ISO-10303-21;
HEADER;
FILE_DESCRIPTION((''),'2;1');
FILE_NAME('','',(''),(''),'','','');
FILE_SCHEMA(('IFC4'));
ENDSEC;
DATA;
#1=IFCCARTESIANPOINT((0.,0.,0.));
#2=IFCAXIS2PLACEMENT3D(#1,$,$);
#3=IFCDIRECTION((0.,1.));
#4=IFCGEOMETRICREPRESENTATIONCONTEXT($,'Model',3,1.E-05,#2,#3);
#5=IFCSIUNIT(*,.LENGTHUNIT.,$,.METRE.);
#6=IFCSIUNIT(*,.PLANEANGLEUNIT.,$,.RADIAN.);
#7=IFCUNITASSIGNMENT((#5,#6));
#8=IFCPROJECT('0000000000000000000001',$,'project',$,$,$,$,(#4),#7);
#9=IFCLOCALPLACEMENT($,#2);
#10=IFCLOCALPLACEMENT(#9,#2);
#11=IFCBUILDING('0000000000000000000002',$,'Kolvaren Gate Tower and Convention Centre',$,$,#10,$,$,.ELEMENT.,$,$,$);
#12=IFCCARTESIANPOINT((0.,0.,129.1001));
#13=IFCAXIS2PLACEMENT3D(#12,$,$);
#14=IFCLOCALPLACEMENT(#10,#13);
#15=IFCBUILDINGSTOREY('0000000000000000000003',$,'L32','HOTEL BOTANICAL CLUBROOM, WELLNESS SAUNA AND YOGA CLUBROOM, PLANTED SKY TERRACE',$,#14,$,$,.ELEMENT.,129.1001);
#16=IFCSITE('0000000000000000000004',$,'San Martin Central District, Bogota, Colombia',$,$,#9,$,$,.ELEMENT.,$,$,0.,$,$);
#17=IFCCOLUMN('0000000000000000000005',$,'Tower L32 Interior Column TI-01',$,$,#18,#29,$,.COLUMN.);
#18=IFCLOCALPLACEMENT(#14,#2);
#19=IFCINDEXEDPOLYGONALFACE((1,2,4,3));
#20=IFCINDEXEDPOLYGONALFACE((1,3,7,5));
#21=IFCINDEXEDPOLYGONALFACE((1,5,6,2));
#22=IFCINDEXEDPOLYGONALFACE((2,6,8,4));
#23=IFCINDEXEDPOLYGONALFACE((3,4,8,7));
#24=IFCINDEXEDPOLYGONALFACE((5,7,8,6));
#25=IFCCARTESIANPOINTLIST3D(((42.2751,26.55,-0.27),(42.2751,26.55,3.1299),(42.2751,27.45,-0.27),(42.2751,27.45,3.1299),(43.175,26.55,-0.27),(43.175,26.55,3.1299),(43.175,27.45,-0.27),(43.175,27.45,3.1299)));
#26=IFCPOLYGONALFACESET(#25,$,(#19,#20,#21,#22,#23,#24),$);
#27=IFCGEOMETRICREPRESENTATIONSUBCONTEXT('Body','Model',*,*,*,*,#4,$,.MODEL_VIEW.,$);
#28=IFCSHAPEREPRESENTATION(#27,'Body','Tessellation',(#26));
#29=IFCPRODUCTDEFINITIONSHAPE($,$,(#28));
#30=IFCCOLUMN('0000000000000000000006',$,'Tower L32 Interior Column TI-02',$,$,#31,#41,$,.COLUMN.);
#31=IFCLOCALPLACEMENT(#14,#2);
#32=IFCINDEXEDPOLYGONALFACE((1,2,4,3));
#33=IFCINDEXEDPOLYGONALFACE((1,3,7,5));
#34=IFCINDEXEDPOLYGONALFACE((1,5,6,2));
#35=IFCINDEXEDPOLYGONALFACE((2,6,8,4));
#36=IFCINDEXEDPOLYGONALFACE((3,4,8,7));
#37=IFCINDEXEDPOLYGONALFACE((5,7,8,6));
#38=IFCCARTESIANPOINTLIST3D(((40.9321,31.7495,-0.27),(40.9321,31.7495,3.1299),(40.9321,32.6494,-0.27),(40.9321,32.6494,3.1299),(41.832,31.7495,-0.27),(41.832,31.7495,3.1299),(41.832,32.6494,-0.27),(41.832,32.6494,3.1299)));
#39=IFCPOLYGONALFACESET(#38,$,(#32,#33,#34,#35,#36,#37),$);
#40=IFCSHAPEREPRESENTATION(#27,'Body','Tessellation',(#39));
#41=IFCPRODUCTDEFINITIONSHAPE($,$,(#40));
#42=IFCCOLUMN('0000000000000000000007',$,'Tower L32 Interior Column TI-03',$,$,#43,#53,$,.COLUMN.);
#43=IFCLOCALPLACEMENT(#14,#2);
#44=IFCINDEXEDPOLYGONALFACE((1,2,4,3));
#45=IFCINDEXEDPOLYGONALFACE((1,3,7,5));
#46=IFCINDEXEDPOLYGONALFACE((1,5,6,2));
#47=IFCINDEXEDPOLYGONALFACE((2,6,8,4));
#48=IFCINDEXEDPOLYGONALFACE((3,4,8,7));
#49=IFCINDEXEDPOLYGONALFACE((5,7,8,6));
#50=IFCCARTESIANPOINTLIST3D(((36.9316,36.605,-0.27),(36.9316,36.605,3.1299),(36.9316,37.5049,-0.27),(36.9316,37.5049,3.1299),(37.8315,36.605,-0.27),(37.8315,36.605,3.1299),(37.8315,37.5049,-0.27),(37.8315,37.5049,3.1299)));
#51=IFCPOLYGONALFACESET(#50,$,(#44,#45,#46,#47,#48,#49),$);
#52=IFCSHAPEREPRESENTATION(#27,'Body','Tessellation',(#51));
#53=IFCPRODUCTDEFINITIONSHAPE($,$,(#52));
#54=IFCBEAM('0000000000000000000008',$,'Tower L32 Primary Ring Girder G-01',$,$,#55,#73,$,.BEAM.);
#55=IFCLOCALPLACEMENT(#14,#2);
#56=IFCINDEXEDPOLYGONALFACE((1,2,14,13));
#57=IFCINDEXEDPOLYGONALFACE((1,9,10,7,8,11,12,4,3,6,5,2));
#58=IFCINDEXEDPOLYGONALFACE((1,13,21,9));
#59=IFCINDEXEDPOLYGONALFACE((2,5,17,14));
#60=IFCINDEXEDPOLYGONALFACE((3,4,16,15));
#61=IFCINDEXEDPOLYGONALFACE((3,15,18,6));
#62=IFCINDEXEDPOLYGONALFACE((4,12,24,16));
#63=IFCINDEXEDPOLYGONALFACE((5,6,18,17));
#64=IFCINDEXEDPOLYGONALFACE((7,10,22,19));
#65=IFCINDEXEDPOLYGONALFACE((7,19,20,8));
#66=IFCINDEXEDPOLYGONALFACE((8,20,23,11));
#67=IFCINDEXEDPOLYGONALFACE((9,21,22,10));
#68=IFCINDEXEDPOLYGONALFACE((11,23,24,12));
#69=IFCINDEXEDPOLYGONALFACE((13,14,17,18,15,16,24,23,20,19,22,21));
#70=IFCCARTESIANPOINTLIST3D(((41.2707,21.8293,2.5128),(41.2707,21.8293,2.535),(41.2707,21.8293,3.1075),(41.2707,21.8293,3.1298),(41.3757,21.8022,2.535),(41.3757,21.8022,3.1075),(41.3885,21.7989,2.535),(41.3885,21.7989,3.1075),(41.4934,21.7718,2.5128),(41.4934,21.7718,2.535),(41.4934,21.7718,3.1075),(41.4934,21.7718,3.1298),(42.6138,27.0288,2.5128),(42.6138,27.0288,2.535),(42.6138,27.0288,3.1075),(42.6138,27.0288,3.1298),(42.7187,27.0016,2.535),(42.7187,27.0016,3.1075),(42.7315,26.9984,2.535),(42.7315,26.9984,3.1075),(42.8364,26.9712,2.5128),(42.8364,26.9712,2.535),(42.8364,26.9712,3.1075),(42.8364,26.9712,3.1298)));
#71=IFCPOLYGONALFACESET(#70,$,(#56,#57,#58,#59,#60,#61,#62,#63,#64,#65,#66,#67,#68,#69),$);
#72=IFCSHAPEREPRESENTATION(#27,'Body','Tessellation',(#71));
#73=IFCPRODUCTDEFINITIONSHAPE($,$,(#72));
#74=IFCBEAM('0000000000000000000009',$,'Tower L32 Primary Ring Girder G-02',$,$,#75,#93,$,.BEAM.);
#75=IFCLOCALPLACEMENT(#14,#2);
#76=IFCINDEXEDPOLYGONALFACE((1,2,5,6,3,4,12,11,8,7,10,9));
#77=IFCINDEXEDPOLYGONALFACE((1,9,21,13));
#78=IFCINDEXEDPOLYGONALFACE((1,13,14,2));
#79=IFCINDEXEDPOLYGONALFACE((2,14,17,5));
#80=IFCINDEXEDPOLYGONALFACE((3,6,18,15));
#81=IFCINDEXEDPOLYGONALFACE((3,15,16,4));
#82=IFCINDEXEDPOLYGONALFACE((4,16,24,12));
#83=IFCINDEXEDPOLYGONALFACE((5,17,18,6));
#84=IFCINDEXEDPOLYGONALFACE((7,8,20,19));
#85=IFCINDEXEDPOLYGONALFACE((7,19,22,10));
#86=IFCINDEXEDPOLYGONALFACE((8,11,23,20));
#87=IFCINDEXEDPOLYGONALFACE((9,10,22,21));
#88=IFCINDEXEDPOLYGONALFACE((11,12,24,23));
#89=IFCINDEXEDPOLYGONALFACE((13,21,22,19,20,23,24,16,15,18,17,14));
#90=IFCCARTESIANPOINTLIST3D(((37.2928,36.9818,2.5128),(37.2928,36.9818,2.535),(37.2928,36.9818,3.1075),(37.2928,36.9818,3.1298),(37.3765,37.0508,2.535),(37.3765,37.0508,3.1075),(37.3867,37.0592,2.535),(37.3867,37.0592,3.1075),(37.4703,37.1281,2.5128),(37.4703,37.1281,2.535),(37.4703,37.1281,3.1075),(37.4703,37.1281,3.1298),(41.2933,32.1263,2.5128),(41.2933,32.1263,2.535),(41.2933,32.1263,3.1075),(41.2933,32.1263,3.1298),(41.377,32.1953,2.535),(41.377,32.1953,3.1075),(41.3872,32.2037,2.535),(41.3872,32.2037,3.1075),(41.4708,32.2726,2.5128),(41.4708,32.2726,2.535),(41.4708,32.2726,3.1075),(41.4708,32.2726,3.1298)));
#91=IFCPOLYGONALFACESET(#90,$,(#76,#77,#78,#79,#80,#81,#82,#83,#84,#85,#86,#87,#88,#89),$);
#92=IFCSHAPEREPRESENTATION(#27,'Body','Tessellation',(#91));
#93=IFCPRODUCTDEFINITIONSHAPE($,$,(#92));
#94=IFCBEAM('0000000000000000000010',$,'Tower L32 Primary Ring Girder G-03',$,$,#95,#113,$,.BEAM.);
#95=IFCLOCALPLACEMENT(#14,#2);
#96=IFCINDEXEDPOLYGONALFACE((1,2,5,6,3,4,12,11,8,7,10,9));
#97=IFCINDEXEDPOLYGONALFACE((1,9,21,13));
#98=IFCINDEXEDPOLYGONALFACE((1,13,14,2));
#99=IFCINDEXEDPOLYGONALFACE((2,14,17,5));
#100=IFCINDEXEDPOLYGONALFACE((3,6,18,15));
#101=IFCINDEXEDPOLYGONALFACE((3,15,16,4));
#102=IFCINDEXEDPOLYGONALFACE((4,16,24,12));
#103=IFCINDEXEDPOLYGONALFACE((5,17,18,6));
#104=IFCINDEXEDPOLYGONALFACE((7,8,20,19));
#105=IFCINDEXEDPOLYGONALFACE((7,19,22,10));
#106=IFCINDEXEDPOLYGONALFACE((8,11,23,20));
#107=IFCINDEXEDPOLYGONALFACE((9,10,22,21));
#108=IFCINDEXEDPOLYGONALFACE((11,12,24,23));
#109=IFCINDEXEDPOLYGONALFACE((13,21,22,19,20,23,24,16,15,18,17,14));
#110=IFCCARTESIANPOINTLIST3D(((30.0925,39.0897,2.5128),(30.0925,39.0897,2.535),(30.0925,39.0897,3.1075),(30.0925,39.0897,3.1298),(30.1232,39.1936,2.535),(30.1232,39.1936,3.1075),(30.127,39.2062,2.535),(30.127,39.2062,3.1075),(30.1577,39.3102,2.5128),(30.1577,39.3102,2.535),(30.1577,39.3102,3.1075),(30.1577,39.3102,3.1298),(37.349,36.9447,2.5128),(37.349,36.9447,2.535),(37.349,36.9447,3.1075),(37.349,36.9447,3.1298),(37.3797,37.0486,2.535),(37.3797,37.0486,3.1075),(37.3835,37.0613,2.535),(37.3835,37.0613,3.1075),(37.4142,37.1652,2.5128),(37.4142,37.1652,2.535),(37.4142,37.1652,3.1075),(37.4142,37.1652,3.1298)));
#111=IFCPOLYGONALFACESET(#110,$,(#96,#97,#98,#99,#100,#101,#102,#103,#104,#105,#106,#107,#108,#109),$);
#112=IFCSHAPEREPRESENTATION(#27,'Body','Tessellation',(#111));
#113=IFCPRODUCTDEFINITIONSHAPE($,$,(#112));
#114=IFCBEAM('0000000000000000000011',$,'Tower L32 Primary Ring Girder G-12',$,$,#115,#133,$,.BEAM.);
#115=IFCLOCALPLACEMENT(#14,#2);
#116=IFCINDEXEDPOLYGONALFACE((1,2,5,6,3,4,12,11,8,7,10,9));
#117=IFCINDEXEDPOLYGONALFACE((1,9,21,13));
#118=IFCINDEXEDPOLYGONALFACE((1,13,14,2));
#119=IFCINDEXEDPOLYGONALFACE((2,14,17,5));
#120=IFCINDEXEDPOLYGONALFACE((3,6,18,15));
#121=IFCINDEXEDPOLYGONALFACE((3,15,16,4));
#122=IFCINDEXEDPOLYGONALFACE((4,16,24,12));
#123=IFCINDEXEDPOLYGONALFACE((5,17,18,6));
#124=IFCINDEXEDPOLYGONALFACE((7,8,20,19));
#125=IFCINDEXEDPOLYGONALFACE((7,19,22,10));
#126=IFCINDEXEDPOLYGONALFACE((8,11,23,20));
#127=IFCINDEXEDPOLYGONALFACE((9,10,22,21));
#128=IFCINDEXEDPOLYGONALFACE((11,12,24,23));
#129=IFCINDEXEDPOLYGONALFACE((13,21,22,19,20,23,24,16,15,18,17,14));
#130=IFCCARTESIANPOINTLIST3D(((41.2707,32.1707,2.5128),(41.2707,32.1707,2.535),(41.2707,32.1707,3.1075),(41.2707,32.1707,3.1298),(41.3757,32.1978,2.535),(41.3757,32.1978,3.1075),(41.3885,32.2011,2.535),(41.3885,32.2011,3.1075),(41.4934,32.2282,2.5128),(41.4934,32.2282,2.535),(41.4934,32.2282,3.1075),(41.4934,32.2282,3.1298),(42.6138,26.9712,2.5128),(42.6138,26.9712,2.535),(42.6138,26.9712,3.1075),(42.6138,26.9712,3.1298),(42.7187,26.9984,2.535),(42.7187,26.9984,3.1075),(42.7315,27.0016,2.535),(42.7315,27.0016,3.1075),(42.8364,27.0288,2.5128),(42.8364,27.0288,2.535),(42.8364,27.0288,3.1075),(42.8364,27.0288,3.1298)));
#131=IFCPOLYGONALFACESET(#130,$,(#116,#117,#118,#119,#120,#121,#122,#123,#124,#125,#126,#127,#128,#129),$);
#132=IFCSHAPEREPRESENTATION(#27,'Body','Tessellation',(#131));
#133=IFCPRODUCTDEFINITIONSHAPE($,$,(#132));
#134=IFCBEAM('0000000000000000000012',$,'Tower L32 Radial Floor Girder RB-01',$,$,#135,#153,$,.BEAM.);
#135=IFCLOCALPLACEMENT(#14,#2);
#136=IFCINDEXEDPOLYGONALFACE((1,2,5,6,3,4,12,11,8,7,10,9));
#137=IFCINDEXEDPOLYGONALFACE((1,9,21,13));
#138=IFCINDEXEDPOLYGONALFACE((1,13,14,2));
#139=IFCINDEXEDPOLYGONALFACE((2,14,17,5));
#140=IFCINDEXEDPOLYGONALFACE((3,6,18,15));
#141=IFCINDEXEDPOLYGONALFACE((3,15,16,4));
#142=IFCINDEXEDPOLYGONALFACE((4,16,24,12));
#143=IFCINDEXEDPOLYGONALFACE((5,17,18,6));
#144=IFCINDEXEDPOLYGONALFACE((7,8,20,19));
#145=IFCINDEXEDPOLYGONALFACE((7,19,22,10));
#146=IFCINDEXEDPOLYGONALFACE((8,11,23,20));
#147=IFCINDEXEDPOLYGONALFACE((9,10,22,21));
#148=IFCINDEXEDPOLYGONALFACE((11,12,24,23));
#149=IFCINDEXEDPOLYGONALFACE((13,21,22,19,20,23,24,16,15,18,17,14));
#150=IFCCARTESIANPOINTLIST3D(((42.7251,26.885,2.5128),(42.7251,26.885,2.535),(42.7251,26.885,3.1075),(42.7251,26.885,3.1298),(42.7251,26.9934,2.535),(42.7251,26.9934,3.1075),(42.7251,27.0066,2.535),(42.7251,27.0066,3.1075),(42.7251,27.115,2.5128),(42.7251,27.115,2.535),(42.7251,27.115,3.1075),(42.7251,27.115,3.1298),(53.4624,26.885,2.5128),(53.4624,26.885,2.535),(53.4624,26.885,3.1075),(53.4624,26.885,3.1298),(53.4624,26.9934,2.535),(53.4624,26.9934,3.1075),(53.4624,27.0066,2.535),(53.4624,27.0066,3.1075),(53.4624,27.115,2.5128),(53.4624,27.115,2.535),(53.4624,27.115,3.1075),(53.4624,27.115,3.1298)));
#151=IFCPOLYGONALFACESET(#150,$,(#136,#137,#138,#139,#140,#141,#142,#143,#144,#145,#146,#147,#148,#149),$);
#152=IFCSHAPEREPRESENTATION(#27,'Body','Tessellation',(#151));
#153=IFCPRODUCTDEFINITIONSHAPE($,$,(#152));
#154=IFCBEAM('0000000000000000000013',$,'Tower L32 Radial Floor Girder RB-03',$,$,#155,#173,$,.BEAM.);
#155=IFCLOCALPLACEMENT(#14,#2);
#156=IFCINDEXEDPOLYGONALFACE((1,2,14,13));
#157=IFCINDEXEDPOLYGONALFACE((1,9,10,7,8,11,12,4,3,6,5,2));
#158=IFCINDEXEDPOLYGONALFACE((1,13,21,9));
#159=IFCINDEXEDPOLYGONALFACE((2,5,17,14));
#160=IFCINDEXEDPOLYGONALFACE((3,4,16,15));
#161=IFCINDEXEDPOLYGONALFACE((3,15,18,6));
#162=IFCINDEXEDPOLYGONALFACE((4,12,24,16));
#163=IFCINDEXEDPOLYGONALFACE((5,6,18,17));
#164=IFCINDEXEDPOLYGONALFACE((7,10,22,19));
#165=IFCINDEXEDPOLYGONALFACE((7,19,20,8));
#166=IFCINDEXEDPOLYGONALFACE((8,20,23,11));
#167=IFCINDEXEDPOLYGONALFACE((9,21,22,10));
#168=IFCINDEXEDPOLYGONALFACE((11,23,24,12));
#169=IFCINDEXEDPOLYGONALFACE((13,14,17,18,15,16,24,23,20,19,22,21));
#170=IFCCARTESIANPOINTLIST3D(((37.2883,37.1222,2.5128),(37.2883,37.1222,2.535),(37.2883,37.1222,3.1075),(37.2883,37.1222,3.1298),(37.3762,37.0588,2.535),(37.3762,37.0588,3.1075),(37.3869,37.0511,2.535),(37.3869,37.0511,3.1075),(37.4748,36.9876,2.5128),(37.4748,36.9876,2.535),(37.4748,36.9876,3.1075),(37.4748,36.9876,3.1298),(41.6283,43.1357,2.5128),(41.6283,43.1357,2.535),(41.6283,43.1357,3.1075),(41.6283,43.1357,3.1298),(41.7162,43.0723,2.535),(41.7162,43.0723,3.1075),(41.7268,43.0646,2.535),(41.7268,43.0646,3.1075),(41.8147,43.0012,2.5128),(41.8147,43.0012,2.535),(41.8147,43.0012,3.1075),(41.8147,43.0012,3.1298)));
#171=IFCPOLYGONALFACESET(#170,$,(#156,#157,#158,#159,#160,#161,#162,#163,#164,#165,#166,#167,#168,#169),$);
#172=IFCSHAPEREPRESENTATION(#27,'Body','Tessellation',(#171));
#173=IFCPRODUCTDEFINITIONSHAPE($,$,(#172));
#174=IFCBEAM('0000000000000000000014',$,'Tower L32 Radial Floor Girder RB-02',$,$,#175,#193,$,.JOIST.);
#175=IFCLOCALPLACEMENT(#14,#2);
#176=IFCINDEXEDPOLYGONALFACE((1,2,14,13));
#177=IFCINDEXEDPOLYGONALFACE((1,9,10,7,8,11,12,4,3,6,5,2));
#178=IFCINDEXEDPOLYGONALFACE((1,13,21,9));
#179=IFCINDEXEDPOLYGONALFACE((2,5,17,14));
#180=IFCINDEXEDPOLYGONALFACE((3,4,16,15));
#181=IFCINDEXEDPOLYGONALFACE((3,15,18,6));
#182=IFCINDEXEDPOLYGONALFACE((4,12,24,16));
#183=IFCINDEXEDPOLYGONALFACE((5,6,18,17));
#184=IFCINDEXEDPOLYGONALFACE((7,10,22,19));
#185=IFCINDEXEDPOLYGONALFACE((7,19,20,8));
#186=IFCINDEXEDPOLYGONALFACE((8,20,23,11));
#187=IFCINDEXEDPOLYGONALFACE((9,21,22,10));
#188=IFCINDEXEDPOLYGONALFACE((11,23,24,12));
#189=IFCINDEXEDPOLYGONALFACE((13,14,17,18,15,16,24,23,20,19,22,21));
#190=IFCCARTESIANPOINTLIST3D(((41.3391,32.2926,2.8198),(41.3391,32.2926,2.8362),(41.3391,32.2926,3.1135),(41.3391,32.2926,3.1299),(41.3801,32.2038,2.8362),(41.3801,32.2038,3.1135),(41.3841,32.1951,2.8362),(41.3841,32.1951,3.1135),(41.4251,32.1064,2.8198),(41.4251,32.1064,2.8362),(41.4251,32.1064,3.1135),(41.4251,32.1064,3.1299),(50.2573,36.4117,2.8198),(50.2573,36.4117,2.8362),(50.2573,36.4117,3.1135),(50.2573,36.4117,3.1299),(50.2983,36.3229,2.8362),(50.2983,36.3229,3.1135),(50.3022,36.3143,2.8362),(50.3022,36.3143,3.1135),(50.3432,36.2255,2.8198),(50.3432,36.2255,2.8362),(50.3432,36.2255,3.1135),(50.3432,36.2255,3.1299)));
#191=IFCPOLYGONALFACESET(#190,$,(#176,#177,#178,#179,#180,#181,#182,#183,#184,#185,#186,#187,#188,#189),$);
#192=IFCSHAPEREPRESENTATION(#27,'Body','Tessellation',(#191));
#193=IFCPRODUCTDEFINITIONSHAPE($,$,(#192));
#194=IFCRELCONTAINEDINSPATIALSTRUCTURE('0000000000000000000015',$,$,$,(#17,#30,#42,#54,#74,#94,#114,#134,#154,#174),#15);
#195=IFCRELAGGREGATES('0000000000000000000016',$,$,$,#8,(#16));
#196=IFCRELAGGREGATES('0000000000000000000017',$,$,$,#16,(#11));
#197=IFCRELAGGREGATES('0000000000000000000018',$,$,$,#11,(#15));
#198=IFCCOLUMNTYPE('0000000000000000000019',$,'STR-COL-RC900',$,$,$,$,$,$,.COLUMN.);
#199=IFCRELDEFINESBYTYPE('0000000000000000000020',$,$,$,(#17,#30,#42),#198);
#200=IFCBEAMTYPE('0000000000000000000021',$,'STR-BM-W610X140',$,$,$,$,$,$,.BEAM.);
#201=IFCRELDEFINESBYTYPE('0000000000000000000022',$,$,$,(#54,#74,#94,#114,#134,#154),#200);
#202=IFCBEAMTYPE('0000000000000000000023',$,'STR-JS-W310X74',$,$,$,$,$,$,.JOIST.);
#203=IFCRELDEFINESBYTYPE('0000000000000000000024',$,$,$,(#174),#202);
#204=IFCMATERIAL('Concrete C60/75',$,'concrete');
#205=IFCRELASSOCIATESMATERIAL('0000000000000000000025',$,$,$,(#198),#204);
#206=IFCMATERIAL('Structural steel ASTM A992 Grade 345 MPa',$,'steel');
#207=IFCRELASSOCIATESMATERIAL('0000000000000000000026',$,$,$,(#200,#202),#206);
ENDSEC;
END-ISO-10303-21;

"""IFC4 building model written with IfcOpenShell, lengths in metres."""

from ifc_helpers import new_model, si_unit, direction, frame, origin, origin_2d, place, context, subcontext, project, spatial, rectangle, i_section, extrude, material, material_profile, profile_set, type_object, element, save


model = new_model("IFC4")

# Units and contexts
model_context = context("Model", 3, precision=1e-05, world=origin(), true_north=direction((0.0, 1.0)))
body_context = subcontext(model_context, "Body", "Model", "MODEL_VIEW")
ifc_project = project(units=[si_unit("LENGTHUNIT", "METRE"), si_unit("PLANEANGLEUNIT", "RADIAN")], contexts=[model_context])

# Site, building, storey
site_placement = place(None, origin())
site = spatial("IfcSite", under=ifc_project, at=site_placement, Name="San Martin Central District, Bogota, Colombia", CompositionType="ELEMENT", RefElevation=0.0)
building_placement = place(site_placement, origin())
building = spatial("IfcBuilding", under=site, at=building_placement, Name="Kolvaren Gate Tower and Convention Centre", CompositionType="ELEMENT")
storey_placement = place(building_placement, frame((0.0, 0.0, 129.1001)))
storey = spatial("IfcBuildingStorey", under=building, at=storey_placement, Name="L32", Description="HOTEL BOTANICAL CLUBROOM, WELLNESS SAUNA AND YOGA CLUBROOM, PLANTED SKY TERRACE", CompositionType="ELEMENT", Elevation=129.1001)

# Columns
ifc_material_1 = material(Name="Concrete C60/75", Category="concrete")
ifc_material_profile_1 = material_profile(ifc_material_1, rectangle(XDim=0.8999, YDim=0.8999, at=origin_2d()), Name="RC-COL-900X900")
ifc_profile_set_1 = profile_set([ifc_material_profile_1], Name="Concrete C60/75")
column_type = type_object("IfcColumnType", Name="STR-COL-RC900", PredefinedType="COLUMN", material=ifc_profile_set_1)
for number, where, z_axis, x_axis, name in (
    (1, (42.7251, 27.0, -0.27), (0.0, 0.0, 1.0), (1.0, 0.0, 0.0), "Tower L32 Interior Column TI-01"),
    (2, (41.3821, 32.1995, -0.27), (0.0, 0.0, 1.0), (1.0, 0.0, 0.0), "Tower L32 Interior Column TI-02"),
    (3, (37.3816, 37.0549, -0.27), (0.0, 0.0, 1.0), (1.0, 0.0, 0.0), "Tower L32 Interior Column TI-03"),
):
    element("IfcColumn", number, at=place(storey_placement, frame(where, z_axis=z_axis, x_axis=x_axis)), inside=storey, type_object=column_type, Name=name, PredefinedType="COLUMN", context=body_context, shape_type="SweptSolid", body=[
        extrude(rectangle(XDim=0.8999, YDim=0.8999, at=origin_2d()), origin(), (0.0, 0.0, 1.0), 3.3999),
    ])

# Beams
ifc_material_2 = material(Name="Structural steel ASTM A992 Grade 345 MPa", Category="steel")
ifc_material_profile_2 = material_profile(ifc_material_2, i_section(OverallWidth=0.23, OverallDepth=0.6169, WebThickness=0.0132, FlangeThickness=0.0222, at=origin_2d()), Name="W610X140")
ifc_profile_set_2 = profile_set([ifc_material_profile_2], Name="Structural steel ASTM A992 Grade 345 MPa")
beam_type_1 = type_object("IfcBeamType", Name="STR-BM-W610X140", PredefinedType="BEAM", material=ifc_profile_set_2)
beam_1_placement = place(storey_placement, frame((42.7251, 27.0, 2.8213), z_axis=(-0.250091, -0.968222, 0.0), x_axis=(0.968222, -0.250091, 0.0)))
element("IfcBeam", 4, at=beam_1_placement, inside=storey, type_object=beam_type_1, Name="Tower L32 Primary Ring Girder G-01", PredefinedType="BEAM", context=body_context, shape_type="SweptSolid", body=[
    extrude(i_section(OverallWidth=0.23, OverallDepth=0.6169, WebThickness=0.0132, FlangeThickness=0.0222, at=origin_2d()), origin(), (0.0, 0.0, 1.0), 5.3701),
])
beam_2_placement = place(storey_placement, frame((41.3821, 32.1995, 2.8213), z_axis=(-0.635884, 0.771785, 0.0), x_axis=(-0.771785, -0.635884, 0.0)))
element("IfcBeam", 5, at=beam_2_placement, inside=storey, type_object=beam_type_1, Name="Tower L32 Primary Ring Girder G-02", PredefinedType="BEAM", context=body_context, shape_type="SweptSolid", body=[
    extrude(i_section(OverallWidth=0.23, OverallDepth=0.6169, WebThickness=0.0132, FlangeThickness=0.0222, at=origin_2d()), origin(), (0.0, 0.0, 1.0), 6.2913),
])
beam_3_placement = place(storey_placement, frame((37.3816, 37.0549, 2.8213), z_axis=(-0.958981, 0.283471, 0.0), x_axis=(-0.283471, -0.958981, 0.0)))
element("IfcBeam", 6, at=beam_3_placement, inside=storey, type_object=beam_type_1, Name="Tower L32 Primary Ring Girder G-03", PredefinedType="BEAM", context=body_context, shape_type="SweptSolid", body=[
    extrude(i_section(OverallWidth=0.23, OverallDepth=0.6169, WebThickness=0.0132, FlangeThickness=0.0222, at=origin_2d()), origin(), (0.0, 0.0, 1.0), 7.5669),
])
beam_4_placement = place(storey_placement, frame((42.7251, 27.0, 2.8213), z_axis=(-0.250091, 0.968222, 0.0), x_axis=(-0.968222, -0.250091, 0.0)))
element("IfcBeam", 7, at=beam_4_placement, inside=storey, type_object=beam_type_1, Name="Tower L32 Primary Ring Girder G-12", PredefinedType="BEAM", context=body_context, shape_type="SweptSolid", body=[
    extrude(i_section(OverallWidth=0.23, OverallDepth=0.6169, WebThickness=0.0132, FlangeThickness=0.0222, at=origin_2d()), origin(), (0.0, 0.0, 1.0), 5.3701),
])
beam_5_placement = place(storey_placement, frame((42.7251, 27.0, 2.8213), z_axis=(1.0, 0.0, 0.0), x_axis=(0.0, 1.0, 0.0)))
element("IfcBeam", 8, at=beam_5_placement, inside=storey, type_object=beam_type_1, Name="Tower L32 Radial Floor Girder RB-01", PredefinedType="BEAM", context=body_context, shape_type="SweptSolid", body=[
    extrude(i_section(OverallWidth=0.23, OverallDepth=0.6169, WebThickness=0.0132, FlangeThickness=0.0222, at=origin_2d()), origin(), (0.0, 0.0, 1.0), 10.7373),
])
beam_6_placement = place(storey_placement, frame((37.3816, 37.0549, 2.8213), z_axis=(0.585208, 0.810883, 0.0), x_axis=(-0.810883, 0.585208, 0.0)))
element("IfcBeam", 9, at=beam_6_placement, inside=storey, type_object=beam_type_1, Name="Tower L32 Radial Floor Girder RB-03", PredefinedType="BEAM", context=body_context, shape_type="SweptSolid", body=[
    extrude(i_section(OverallWidth=0.23, OverallDepth=0.6169, WebThickness=0.0132, FlangeThickness=0.0222, at=origin_2d()), origin(), (0.0, 0.0, 1.0), 7.416),
])
ifc_material_profile_3 = material_profile(ifc_material_2, i_section(OverallWidth=0.2051, OverallDepth=0.3101, WebThickness=0.0095, FlangeThickness=0.0164, at=origin_2d()), Name="W310X74")
ifc_profile_set_3 = profile_set([ifc_material_profile_3], Name="Structural steel ASTM A992 Grade 345 MPa")
beam_type_2 = type_object("IfcBeamType", Name="STR-JS-W310X74", PredefinedType="JOIST", material=ifc_profile_set_3)
beam_7_placement = place(storey_placement, frame((41.3821, 32.1995, 2.9749), z_axis=(0.907842, 0.419313, 0.0), x_axis=(-0.419313, 0.907842, 0.0)))
element("IfcBeam", 10, at=beam_7_placement, inside=storey, type_object=beam_type_2, Name="Tower L32 Radial Floor Girder RB-02", PredefinedType="JOIST", context=body_context, shape_type="SweptSolid", body=[
    extrude(i_section(OverallWidth=0.2051, OverallDepth=0.3101, WebThickness=0.0095, FlangeThickness=0.0164, at=origin_2d()), origin(), (0.0, 0.0, 1.0), 9.8235),
])

save(model, "model.ifc")
